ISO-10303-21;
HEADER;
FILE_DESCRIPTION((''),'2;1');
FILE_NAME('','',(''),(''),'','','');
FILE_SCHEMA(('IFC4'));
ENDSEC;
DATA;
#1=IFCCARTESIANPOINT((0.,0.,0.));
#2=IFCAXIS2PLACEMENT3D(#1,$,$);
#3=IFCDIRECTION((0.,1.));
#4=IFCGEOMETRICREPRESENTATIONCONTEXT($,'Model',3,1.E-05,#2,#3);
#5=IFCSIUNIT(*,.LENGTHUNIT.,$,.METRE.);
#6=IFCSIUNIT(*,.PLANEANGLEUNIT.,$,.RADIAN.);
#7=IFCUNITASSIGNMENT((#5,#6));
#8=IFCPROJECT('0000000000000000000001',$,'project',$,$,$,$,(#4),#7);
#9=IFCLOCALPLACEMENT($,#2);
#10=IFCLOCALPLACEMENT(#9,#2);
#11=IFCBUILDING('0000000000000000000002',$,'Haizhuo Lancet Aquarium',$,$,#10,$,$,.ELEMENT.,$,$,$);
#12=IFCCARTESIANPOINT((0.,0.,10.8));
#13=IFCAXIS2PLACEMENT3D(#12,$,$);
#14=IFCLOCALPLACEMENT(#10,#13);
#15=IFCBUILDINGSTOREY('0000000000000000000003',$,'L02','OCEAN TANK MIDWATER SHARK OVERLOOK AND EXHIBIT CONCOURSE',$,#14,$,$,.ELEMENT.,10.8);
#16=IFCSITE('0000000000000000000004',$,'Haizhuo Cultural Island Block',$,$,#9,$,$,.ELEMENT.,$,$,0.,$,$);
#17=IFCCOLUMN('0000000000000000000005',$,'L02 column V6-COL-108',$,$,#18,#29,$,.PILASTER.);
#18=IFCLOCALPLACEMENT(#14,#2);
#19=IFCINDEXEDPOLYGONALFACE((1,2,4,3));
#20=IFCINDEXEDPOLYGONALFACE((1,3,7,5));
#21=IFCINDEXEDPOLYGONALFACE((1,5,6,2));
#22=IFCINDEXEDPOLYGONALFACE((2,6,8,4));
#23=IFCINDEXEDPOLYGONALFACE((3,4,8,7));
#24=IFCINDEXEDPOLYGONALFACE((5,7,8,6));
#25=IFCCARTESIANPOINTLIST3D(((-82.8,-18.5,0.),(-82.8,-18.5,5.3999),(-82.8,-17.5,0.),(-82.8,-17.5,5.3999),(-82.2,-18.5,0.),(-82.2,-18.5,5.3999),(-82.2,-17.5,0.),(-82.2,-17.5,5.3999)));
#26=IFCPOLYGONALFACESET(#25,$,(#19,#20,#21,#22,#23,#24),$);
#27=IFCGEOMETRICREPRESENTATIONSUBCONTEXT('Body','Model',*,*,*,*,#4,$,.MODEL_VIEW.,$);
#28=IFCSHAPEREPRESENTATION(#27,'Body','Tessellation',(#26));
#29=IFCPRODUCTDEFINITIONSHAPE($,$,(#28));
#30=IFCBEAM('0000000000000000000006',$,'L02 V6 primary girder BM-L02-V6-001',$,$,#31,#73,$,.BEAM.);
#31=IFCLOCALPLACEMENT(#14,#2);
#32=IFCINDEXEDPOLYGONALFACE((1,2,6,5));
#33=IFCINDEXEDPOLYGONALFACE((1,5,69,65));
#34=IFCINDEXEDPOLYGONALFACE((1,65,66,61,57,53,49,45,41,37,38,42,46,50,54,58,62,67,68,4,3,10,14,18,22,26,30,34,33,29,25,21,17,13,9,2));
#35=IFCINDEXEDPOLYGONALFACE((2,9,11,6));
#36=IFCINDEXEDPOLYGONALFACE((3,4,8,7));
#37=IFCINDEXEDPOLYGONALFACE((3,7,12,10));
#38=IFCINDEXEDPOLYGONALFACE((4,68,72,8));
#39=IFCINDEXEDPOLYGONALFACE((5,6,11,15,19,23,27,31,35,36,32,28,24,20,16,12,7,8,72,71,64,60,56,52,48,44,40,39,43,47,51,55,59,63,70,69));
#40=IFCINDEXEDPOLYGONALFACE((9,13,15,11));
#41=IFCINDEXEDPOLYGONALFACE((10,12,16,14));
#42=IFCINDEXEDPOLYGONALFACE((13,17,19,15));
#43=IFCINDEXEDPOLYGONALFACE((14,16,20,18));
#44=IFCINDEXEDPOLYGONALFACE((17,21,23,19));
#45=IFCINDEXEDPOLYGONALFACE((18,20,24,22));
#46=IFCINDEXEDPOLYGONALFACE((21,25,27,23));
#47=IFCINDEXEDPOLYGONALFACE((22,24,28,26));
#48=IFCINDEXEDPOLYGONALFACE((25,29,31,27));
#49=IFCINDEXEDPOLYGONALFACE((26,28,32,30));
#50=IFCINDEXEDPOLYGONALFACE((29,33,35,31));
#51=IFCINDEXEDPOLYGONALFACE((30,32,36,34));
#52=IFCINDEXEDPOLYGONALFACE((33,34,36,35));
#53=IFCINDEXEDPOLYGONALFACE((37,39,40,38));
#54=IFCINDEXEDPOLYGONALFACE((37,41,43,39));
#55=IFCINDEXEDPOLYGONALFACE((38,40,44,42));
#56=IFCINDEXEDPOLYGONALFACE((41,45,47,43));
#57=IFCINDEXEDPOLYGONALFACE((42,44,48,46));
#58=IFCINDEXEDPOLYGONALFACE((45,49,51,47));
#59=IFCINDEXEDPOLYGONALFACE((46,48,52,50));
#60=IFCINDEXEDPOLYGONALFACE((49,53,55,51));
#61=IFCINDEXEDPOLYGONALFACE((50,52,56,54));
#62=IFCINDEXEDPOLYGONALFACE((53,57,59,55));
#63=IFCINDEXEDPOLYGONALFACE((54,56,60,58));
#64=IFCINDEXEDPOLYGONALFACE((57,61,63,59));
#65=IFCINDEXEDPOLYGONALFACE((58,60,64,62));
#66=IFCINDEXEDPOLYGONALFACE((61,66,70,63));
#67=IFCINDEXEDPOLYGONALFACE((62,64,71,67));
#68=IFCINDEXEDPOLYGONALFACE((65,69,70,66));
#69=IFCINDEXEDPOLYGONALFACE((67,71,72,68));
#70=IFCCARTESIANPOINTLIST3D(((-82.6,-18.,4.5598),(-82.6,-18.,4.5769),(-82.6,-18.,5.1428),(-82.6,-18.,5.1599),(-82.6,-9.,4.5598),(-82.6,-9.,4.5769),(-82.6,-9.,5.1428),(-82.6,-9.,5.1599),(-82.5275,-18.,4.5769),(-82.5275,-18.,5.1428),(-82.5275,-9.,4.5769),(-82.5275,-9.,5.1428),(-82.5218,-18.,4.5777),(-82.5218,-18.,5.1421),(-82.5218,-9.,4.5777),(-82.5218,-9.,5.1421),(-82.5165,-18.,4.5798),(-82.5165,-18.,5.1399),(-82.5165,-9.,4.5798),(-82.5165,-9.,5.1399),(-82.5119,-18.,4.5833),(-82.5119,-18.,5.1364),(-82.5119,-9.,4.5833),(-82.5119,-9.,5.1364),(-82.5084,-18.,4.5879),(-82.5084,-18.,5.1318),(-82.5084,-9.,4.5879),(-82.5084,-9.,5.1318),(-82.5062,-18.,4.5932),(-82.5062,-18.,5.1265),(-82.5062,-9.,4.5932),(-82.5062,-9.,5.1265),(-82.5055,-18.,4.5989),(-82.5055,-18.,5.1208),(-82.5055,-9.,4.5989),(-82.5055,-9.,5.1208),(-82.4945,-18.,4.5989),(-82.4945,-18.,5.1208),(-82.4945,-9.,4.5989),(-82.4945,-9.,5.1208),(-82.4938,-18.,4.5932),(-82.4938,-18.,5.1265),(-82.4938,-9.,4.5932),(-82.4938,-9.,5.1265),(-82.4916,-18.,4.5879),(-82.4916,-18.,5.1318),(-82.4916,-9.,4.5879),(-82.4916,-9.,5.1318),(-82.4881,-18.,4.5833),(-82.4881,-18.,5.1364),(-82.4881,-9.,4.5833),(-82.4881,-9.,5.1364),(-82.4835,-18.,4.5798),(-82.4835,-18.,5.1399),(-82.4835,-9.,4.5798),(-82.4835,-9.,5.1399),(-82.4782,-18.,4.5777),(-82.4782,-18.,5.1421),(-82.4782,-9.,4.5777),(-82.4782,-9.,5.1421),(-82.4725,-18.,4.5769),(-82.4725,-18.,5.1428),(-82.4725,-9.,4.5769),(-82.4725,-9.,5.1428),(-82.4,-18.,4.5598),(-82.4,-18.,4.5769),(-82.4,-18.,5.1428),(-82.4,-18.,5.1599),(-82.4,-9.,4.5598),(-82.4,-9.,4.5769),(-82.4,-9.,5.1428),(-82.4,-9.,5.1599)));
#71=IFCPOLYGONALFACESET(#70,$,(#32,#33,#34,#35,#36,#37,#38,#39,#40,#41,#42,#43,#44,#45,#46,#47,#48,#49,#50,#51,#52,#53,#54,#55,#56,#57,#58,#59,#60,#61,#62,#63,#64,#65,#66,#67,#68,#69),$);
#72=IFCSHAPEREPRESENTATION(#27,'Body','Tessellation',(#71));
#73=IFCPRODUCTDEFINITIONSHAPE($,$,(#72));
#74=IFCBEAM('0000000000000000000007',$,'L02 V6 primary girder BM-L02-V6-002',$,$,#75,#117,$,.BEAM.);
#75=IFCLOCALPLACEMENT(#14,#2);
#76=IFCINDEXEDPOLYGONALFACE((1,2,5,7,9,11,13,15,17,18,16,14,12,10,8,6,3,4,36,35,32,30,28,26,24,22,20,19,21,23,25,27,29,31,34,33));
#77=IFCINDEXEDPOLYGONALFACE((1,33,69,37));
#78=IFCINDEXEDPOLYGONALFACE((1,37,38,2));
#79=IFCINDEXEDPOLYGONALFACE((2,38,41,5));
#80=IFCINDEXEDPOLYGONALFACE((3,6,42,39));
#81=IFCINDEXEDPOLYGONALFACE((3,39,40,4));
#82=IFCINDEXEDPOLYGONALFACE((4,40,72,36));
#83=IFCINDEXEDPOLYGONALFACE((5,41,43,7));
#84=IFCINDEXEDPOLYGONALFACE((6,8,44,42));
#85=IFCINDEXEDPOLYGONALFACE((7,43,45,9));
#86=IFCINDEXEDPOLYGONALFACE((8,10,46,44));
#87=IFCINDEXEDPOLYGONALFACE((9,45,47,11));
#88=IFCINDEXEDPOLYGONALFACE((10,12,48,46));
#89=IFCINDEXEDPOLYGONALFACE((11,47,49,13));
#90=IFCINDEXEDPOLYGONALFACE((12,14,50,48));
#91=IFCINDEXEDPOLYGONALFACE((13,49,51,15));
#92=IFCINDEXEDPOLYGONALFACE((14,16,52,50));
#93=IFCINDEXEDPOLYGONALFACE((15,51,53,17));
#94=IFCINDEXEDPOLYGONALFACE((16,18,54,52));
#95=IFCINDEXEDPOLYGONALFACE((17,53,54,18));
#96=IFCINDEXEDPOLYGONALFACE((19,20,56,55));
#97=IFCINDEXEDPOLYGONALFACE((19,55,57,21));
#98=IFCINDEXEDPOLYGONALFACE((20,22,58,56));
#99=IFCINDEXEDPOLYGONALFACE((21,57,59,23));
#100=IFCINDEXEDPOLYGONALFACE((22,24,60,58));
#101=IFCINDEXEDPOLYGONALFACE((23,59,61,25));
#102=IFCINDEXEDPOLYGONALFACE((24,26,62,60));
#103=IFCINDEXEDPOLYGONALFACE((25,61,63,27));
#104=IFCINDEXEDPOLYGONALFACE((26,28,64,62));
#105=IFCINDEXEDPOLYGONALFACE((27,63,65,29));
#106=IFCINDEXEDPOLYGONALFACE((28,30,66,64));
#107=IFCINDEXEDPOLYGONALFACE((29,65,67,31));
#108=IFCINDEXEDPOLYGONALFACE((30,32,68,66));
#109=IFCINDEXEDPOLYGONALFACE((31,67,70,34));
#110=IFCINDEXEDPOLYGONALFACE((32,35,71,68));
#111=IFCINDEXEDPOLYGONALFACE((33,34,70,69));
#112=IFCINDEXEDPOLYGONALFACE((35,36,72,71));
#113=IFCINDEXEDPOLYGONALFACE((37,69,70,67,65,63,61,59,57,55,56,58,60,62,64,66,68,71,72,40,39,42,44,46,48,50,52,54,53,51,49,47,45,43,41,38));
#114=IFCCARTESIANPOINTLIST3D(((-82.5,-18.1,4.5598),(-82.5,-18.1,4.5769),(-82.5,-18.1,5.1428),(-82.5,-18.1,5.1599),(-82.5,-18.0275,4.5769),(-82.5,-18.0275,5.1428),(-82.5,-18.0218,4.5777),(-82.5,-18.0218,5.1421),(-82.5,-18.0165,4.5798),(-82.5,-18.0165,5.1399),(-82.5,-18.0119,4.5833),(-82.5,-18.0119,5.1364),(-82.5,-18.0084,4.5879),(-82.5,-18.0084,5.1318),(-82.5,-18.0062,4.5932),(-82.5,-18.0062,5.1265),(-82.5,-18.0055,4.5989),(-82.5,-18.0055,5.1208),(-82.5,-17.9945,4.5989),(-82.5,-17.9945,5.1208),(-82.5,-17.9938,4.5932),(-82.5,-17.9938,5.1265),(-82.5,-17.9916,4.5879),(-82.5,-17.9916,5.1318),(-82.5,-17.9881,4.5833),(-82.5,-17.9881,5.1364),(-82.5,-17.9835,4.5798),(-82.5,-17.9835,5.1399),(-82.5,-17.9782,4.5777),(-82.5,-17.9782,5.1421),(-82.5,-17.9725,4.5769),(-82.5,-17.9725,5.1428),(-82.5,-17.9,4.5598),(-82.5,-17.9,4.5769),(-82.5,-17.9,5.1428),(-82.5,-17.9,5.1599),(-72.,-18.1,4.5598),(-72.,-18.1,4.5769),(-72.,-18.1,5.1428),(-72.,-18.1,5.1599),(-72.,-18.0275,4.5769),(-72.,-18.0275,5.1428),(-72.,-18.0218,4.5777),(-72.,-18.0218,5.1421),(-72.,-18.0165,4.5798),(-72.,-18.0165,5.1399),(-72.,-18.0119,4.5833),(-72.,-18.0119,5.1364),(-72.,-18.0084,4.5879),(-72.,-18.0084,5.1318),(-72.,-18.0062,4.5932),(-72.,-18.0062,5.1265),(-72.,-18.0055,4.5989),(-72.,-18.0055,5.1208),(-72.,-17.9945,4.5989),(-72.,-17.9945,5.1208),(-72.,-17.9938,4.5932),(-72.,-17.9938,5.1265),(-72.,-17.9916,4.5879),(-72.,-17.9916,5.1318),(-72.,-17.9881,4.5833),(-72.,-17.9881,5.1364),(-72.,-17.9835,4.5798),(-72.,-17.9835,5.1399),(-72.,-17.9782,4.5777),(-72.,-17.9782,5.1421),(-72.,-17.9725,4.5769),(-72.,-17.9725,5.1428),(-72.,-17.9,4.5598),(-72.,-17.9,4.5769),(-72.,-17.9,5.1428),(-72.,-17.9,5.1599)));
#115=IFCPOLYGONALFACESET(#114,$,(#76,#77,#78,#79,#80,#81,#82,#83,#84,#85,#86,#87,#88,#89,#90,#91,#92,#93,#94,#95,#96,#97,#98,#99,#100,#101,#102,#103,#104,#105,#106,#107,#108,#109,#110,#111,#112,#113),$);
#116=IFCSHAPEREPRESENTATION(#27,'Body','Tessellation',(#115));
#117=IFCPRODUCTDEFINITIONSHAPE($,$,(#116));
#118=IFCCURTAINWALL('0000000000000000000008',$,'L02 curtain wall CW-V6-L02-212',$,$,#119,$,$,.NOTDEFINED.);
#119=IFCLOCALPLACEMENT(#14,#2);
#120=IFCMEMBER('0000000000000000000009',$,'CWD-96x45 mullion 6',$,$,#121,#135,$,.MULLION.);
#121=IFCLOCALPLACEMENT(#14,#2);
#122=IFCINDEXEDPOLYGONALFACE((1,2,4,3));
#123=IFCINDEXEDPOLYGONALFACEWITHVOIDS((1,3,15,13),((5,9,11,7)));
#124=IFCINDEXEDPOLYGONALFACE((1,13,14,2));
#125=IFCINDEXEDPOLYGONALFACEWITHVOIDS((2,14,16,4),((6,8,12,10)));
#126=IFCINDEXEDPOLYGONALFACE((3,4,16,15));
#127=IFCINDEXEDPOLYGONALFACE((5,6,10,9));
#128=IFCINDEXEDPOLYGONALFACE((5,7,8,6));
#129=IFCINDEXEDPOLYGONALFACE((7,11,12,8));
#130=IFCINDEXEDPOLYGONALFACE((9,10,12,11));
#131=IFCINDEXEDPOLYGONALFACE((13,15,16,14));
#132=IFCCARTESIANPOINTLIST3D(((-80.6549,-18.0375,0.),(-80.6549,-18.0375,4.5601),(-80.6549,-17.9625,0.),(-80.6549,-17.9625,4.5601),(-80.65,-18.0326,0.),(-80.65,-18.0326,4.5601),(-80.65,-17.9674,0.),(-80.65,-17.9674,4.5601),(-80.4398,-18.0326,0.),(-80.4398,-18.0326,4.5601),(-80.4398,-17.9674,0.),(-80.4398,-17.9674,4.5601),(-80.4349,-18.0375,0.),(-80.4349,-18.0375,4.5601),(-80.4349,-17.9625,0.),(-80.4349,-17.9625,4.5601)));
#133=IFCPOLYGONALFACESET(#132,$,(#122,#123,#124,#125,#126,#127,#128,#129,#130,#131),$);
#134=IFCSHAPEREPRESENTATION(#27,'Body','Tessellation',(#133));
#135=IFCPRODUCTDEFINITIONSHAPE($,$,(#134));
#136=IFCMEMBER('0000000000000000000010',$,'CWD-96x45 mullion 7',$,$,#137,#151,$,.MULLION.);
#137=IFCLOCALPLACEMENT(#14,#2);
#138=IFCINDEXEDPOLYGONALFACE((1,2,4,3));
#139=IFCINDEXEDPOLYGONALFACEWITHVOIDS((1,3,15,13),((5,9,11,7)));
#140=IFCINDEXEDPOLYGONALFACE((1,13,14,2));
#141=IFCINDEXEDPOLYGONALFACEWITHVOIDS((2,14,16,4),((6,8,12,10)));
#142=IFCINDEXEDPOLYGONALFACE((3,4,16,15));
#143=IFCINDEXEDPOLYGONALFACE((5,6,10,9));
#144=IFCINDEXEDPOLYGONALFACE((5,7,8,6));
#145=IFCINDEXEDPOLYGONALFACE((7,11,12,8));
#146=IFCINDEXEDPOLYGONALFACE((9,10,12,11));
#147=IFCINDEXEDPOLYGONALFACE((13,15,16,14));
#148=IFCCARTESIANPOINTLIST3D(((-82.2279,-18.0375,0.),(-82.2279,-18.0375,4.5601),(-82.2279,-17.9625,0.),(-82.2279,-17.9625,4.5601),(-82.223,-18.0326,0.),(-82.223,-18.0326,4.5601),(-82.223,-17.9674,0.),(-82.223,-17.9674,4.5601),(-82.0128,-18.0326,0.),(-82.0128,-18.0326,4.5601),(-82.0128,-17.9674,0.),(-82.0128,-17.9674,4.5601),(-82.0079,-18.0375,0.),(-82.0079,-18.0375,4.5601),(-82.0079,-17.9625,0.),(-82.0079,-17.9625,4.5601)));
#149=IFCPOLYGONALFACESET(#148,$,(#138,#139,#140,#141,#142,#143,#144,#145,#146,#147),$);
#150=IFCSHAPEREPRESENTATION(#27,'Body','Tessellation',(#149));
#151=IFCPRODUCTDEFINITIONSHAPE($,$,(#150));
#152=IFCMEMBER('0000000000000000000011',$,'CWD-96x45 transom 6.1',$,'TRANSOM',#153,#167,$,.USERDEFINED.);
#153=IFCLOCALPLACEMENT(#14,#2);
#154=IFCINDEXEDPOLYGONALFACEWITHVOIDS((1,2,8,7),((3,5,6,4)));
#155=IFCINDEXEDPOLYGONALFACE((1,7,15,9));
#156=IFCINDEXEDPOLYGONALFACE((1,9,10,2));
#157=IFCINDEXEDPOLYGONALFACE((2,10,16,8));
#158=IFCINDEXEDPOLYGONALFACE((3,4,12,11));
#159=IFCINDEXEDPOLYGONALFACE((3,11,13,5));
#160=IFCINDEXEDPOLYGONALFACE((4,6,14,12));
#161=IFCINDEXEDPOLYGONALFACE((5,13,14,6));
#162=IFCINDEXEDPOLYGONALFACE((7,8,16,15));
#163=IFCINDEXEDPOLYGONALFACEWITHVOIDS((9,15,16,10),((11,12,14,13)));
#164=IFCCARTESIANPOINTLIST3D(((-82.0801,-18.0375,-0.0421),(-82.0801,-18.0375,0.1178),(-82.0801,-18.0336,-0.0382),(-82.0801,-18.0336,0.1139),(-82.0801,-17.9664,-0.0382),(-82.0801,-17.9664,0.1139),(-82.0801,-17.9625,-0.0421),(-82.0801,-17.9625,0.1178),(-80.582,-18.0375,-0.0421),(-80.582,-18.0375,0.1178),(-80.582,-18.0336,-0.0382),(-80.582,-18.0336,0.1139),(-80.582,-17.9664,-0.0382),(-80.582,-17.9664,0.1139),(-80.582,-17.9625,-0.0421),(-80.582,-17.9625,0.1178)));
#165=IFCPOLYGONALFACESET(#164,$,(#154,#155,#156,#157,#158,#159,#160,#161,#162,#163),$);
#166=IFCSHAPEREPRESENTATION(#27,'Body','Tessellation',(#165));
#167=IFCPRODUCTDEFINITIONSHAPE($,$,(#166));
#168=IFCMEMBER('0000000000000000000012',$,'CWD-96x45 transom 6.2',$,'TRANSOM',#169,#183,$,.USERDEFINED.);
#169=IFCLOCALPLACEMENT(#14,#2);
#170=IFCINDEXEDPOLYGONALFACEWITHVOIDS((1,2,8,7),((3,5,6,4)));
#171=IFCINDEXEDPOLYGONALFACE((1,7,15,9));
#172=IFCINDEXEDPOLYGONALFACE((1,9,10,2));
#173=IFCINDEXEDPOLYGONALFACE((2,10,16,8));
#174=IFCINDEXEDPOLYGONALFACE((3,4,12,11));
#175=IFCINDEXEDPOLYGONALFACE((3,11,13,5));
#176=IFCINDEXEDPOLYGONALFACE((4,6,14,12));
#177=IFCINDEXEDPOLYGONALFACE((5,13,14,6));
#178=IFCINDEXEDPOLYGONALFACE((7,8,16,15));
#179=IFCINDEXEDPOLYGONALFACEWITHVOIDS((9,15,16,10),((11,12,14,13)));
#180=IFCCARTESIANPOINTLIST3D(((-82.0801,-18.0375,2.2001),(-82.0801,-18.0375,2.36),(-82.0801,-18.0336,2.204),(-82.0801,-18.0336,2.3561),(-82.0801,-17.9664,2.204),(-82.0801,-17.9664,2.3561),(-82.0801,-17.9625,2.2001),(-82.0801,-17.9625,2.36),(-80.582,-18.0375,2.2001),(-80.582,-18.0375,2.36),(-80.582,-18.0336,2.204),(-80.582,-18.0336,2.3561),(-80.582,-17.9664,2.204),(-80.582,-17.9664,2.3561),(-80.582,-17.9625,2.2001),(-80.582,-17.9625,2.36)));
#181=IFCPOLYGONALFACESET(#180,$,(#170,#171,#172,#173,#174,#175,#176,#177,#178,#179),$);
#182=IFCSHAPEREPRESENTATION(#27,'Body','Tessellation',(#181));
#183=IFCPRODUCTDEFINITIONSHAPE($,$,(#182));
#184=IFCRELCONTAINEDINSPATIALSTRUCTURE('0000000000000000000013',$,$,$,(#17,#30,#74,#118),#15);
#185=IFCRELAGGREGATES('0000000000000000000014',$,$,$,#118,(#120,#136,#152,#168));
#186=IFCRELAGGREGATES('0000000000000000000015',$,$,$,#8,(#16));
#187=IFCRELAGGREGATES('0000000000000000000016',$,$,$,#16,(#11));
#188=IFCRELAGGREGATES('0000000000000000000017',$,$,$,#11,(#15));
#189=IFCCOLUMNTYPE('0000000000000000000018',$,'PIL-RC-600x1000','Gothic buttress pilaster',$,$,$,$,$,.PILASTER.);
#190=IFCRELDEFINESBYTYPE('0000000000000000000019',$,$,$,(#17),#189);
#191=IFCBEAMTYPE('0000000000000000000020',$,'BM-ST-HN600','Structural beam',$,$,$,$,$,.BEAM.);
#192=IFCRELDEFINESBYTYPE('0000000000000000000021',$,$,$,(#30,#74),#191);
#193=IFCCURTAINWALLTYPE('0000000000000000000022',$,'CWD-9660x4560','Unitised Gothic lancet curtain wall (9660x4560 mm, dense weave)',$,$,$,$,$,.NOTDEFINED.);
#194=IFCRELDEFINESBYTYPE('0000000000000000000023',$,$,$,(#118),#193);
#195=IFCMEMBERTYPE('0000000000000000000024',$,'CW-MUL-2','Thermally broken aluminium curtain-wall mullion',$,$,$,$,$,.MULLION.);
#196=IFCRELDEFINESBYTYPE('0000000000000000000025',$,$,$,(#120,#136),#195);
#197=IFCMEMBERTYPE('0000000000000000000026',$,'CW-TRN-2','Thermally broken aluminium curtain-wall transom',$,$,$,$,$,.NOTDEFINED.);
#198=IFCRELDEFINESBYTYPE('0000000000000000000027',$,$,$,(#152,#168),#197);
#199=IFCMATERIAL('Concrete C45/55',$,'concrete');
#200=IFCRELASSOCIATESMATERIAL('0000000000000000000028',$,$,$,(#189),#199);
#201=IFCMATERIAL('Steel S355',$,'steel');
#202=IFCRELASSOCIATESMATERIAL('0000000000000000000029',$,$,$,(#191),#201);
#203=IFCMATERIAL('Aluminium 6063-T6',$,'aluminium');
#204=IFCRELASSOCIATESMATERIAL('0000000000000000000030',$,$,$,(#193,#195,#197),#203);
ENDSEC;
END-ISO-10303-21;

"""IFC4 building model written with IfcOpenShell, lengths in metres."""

from ifc_helpers import new_model, si_unit, direction, frame, origin, origin_2d, place, context, subcontext, project, spatial, rectangle, hollow_rectangle, i_section, extrude, material, material_profile, profile_set, type_object, element, aggregate, save


model = new_model("IFC4")

# Units and contexts
model_context = context("Model", 3, precision=1e-05, world=origin(), true_north=direction((0.0, 1.0)))
body_context = subcontext(model_context, "Body", "Model", "MODEL_VIEW")
ifc_project = project(units=[si_unit("LENGTHUNIT", "METRE"), si_unit("PLANEANGLEUNIT", "RADIAN")], contexts=[model_context])

# Site, building, storey
site_placement = place(None, origin())
site = spatial("IfcSite", under=ifc_project, at=site_placement, Name="Haizhuo Cultural Island Block", CompositionType="ELEMENT", RefElevation=0.0)
building_placement = place(site_placement, origin())
building = spatial("IfcBuilding", under=site, at=building_placement, Name="Haizhuo Lancet Aquarium", CompositionType="ELEMENT")
storey_placement = place(building_placement, frame((0.0, 0.0, 10.8)))
storey = spatial("IfcBuildingStorey", under=building, at=storey_placement, Name="L02", Description="OCEAN TANK MIDWATER SHARK OVERLOOK AND EXHIBIT CONCOURSE", CompositionType="ELEMENT", Elevation=10.8)

# Column
ifc_material_1 = material(Name="Concrete C45/55", Category="concrete")
ifc_material_profile_1 = material_profile(ifc_material_1, rectangle(XDim=0.6001, YDim=1.0, at=origin_2d()), Name="RC-PIL 600x1000")
ifc_profile_set_1 = profile_set([ifc_material_profile_1], Name="Concrete C45/55")
column_type = type_object("IfcColumnType", Name="PIL-RC-600x1000", Description="Gothic buttress pilaster", PredefinedType="PILASTER", material=ifc_profile_set_1)
column_placement = place(storey_placement, frame((-82.5, -18.0, 0.0), z_axis=(0.0, 0.0, 1.0), x_axis=(1.0, 0.0, 0.0)))
element("IfcColumn", 1, at=column_placement, inside=storey, type_object=column_type, Name="L02 column V6-COL-108", PredefinedType="PILASTER", context=body_context, shape_type="SweptSolid", body=[
    extrude(rectangle(XDim=0.6001, YDim=1.0, at=origin_2d()), origin(), (0.0, 0.0, 1.0), 5.3999),
])

# Beams
ifc_material_2 = material(Name="Steel S355", Category="steel")
ifc_material_profile_2 = material_profile(ifc_material_2, i_section(OverallWidth=0.2, OverallDepth=0.6001, WebThickness=0.011, FlangeThickness=0.0171, FilletRadius=0.022, at=origin_2d()), Name="HN 600x200x11x17")
ifc_profile_set_2 = profile_set([ifc_material_profile_2], Name="Steel S355")
beam_type = type_object("IfcBeamType", Name="BM-ST-HN600", Description="Structural beam", PredefinedType="BEAM", material=ifc_profile_set_2)
beam_1_placement = place(storey_placement, frame((-82.5, -18.0, 4.8599), z_axis=(0.0, 1.0, 0.0), x_axis=(-1.0, 0.0, 0.0)))
element("IfcBeam", 2, at=beam_1_placement, inside=storey, type_object=beam_type, Name="L02 V6 primary girder BM-L02-V6-001", PredefinedType="BEAM", context=body_context, shape_type="SweptSolid", body=[
    extrude(i_section(OverallWidth=0.2, OverallDepth=0.6001, WebThickness=0.011, FlangeThickness=0.0171, FilletRadius=0.022, at=origin_2d()), origin(), (0.0, 0.0, 1.0), 9.0),
])
beam_2_placement = place(storey_placement, frame((-82.5, -18.0, 4.8599), z_axis=(1.0, 0.0, 0.0), x_axis=(0.0, 1.0, 0.0)))
element("IfcBeam", 3, at=beam_2_placement, inside=storey, type_object=beam_type, Name="L02 V6 primary girder BM-L02-V6-002", PredefinedType="BEAM", context=body_context, shape_type="SweptSolid", body=[
    extrude(i_section(OverallWidth=0.2, OverallDepth=0.6001, WebThickness=0.011, FlangeThickness=0.0171, FilletRadius=0.022, at=origin_2d()), origin(), (0.0, 0.0, 1.0), 10.5),
])

# Curtain wall, members
ifc_material_3 = material(Name="Aluminium 6063-T6", Category="aluminium")
curtain_wall_type = type_object("IfcCurtainWallType", Name="CWD-9660x4560", Description="Unitised Gothic lancet curtain wall (9660x4560 mm, dense weave)", PredefinedType="NOTDEFINED", material=ifc_material_3)
curtain_wall_placement = place(storey_placement, origin())
curtain_wall = element("IfcCurtainWall", 4, at=curtain_wall_placement, inside=storey, type_object=curtain_wall_type, Name="L02 curtain wall CW-V6-L02-212", PredefinedType="NOTDEFINED")
ifc_material_profile_3 = material_profile(ifc_material_3, hollow_rectangle(XDim=0.075, YDim=0.22, WallThickness=0.0049, at=origin_2d()), Name="ALU-M 75x220x5")
ifc_profile_set_3 = profile_set([ifc_material_profile_3], Name="Aluminium 6063-T6")
member_type_1 = type_object("IfcMemberType", Name="CW-MUL-2", Description="Thermally broken aluminium curtain-wall mullion", PredefinedType="MULLION", material=ifc_profile_set_3)
member_1_placement = place(storey_placement, frame((-80.5449, -18.0, 0.0), z_axis=(0.0, 0.0, 1.0), x_axis=(0.0, -1.0, 0.0)))
member_1 = element("IfcMember", 5, at=member_1_placement, type_object=member_type_1, Name="CWD-96x45 mullion 6", PredefinedType="MULLION", context=body_context, shape_type="SweptSolid", body=[
    extrude(hollow_rectangle(XDim=0.075, YDim=0.22, WallThickness=0.0049, at=origin_2d()), origin(), (0.0, 0.0, 1.0), 4.5601),
])
member_2_placement = place(storey_placement, frame((-82.1179, -18.0, 0.0), z_axis=(0.0, 0.0, 1.0), x_axis=(0.0, -1.0, 0.0)))
member_2 = element("IfcMember", 6, at=member_2_placement, type_object=member_type_1, Name="CWD-96x45 mullion 7", PredefinedType="MULLION", context=body_context, shape_type="SweptSolid", body=[
    extrude(hollow_rectangle(XDim=0.075, YDim=0.22, WallThickness=0.0049, at=origin_2d()), origin(), (0.0, 0.0, 1.0), 4.5601),
])
ifc_material_profile_4 = material_profile(ifc_material_3, hollow_rectangle(XDim=0.075, YDim=0.1599, WallThickness=0.0039, at=origin_2d()), Name="ALU-T 75x160x4")
ifc_profile_set_4 = profile_set([ifc_material_profile_4], Name="Aluminium 6063-T6")
member_type_2 = type_object("IfcMemberType", Name="CW-TRN-2", Description="Thermally broken aluminium curtain-wall transom", PredefinedType="NOTDEFINED", material=ifc_profile_set_4)
member_3_placement = place(storey_placement, frame((-80.582, -18.0, 0.0378), z_axis=(-1.0, 0.0, 0.0), x_axis=(0.0, -1.0, 0.0)))
member_3 = element("IfcMember", 7, at=member_3_placement, type_object=member_type_2, Name="CWD-96x45 transom 6.1", ObjectType="TRANSOM", PredefinedType="USERDEFINED", context=body_context, shape_type="SweptSolid", body=[
    extrude(hollow_rectangle(XDim=0.075, YDim=0.1599, WallThickness=0.0039, at=origin_2d()), origin(), (0.0, 0.0, 1.0), 1.498),
])
member_4_placement = place(storey_placement, frame((-80.582, -18.0, 2.28), z_axis=(-1.0, 0.0, 0.0), x_axis=(0.0, -1.0, 0.0)))
member_4 = element("IfcMember", 8, at=member_4_placement, type_object=member_type_2, Name="CWD-96x45 transom 6.2", ObjectType="TRANSOM", PredefinedType="USERDEFINED", context=body_context, shape_type="SweptSolid", body=[
    extrude(hollow_rectangle(XDim=0.075, YDim=0.1599, WallThickness=0.0039, at=origin_2d()), origin(), (0.0, 0.0, 1.0), 1.498),
])

aggregate(curtain_wall, [member_1, member_2, member_3, member_4])

save(model, "model.ifc")
